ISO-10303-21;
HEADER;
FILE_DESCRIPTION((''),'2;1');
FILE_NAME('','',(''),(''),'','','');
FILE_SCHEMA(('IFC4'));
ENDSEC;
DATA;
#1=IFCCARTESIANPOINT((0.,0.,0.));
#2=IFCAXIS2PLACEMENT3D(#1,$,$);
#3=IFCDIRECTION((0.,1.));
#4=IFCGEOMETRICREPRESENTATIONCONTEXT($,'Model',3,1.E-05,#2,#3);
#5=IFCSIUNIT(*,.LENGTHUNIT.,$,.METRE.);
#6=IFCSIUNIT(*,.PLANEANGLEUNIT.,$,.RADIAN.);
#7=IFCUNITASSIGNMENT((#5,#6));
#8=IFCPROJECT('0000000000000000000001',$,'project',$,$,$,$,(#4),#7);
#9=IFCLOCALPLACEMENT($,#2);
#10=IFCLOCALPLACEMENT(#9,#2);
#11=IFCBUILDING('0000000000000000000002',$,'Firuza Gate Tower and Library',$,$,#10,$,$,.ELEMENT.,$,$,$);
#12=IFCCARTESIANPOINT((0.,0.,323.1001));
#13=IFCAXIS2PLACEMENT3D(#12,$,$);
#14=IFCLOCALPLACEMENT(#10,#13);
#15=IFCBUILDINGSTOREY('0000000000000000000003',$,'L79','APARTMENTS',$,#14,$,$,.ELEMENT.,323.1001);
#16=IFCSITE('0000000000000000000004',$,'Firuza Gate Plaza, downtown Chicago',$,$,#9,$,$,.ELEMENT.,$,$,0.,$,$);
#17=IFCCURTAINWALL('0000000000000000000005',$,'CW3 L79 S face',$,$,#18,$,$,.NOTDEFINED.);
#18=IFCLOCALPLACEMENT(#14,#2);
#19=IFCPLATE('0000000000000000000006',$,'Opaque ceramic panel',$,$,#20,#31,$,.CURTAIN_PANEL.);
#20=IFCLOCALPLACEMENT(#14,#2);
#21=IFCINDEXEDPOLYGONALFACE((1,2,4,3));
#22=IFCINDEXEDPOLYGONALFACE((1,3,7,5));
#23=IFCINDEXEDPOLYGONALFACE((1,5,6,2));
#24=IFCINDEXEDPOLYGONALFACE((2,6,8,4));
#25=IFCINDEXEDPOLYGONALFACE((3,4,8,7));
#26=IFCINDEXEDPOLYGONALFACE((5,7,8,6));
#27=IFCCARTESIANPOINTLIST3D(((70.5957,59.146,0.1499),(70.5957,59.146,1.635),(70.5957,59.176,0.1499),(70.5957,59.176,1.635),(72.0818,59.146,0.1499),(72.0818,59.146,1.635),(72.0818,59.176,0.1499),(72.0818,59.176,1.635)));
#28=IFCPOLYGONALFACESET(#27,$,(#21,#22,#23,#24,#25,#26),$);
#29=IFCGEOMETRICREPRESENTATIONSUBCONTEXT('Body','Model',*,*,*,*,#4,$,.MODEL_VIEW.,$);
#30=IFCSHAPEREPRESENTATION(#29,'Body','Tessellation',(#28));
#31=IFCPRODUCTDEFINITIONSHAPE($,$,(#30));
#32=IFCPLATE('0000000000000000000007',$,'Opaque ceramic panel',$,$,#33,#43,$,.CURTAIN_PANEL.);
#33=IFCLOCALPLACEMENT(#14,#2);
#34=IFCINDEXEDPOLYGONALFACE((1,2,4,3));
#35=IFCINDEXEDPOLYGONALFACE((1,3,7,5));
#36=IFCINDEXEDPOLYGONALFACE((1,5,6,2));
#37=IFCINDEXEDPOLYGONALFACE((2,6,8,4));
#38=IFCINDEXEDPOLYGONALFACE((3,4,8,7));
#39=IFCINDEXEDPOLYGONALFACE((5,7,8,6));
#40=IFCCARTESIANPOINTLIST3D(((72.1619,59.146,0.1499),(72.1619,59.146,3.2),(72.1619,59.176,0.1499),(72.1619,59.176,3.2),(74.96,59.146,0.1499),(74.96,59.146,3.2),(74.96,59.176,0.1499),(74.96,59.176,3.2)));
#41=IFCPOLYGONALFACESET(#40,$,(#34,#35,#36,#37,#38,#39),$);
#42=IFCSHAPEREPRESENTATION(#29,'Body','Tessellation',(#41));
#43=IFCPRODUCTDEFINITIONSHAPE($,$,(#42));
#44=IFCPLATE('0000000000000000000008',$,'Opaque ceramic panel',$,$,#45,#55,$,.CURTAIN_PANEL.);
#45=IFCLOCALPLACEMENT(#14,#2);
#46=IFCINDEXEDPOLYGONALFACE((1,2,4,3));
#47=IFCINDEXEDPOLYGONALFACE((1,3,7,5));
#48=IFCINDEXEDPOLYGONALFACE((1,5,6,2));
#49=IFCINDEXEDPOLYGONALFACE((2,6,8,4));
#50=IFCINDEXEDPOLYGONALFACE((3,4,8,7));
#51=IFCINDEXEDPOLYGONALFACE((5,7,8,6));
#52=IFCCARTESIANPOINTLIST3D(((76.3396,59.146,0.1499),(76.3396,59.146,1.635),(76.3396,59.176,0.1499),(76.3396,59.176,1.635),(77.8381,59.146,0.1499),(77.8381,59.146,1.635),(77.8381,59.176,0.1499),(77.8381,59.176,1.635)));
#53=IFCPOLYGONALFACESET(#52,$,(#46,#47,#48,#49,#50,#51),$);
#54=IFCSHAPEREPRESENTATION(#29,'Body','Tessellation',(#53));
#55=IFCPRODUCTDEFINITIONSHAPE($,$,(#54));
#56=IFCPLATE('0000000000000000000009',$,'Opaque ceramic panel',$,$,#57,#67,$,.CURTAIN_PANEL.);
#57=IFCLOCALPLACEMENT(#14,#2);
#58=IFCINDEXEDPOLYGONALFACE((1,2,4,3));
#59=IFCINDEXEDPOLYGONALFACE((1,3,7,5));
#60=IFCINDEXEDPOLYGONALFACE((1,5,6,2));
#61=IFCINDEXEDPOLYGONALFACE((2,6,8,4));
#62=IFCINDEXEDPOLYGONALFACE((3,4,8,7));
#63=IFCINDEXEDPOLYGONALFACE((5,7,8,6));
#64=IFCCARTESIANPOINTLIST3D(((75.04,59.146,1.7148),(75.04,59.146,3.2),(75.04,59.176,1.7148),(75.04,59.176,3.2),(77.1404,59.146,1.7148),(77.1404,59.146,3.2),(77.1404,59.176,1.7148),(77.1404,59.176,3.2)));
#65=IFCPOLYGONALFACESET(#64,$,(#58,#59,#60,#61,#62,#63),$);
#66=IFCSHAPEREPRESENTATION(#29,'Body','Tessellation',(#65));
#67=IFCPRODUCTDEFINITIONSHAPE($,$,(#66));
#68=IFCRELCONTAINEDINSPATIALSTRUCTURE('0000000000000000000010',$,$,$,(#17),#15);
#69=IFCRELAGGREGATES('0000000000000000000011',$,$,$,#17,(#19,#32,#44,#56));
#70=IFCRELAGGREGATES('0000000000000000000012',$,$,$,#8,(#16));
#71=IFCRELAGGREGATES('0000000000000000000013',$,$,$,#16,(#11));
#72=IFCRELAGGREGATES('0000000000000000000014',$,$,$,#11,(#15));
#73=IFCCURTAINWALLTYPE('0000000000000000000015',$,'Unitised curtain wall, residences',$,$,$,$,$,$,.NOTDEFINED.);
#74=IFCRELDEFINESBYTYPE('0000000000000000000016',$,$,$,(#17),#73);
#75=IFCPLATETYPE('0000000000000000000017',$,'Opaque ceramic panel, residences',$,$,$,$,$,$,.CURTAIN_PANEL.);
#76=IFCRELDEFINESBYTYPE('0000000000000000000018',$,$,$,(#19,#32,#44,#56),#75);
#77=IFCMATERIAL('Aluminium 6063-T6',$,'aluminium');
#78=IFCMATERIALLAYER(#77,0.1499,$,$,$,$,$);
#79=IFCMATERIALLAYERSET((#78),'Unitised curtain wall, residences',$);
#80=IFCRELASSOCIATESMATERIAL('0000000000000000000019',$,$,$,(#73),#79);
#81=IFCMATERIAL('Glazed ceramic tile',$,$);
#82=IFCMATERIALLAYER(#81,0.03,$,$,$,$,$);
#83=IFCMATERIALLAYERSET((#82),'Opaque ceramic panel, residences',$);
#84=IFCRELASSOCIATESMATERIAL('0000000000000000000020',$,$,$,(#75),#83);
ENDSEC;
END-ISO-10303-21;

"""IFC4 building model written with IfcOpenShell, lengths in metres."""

from ifc_helpers import new_model, si_unit, direction, frame, origin, place, context, subcontext, project, spatial, polyline, outline, extrude, material, layer, layer_set, type_object, element, aggregate, save


model = new_model("IFC4")

# Units and contexts
model_context = context("Model", 3, precision=1e-05, world=origin(), true_north=direction((0.0, 1.0)))
body_context = subcontext(model_context, "Body", "Model", "MODEL_VIEW")
ifc_project = project(units=[si_unit("LENGTHUNIT", "METRE"), si_unit("PLANEANGLEUNIT", "RADIAN")], contexts=[model_context])

# Site, building, storey
site_placement = place(None, origin())
site = spatial("IfcSite", under=ifc_project, at=site_placement, Name="Firuza Gate Plaza, downtown Chicago", CompositionType="ELEMENT", RefElevation=0.0)
building_placement = place(site_placement, origin())
building = spatial("IfcBuilding", under=site, at=building_placement, Name="Firuza Gate Tower and Library", CompositionType="ELEMENT")
storey_placement = place(building_placement, frame((0.0, 0.0, 323.1001)))
storey = spatial("IfcBuildingStorey", under=building, at=storey_placement, Name="L79", Description="APARTMENTS", CompositionType="ELEMENT", Elevation=323.1001)

# Curtain wall, plates
ifc_material_1 = material(Name="Aluminium 6063-T6", Category="aluminium")
ifc_layer_1 = layer(ifc_material_1, 0.1499)
ifc_layer_set_1 = layer_set([ifc_layer_1], Name="Unitised curtain wall, residences")
curtain_wall_type = type_object("IfcCurtainWallType", Name="Unitised curtain wall, residences", PredefinedType="NOTDEFINED", material=ifc_layer_set_1)
curtain_wall_placement = place(storey_placement, origin())
curtain_wall = element("IfcCurtainWall", 1, at=curtain_wall_placement, inside=storey, type_object=curtain_wall_type, Name="CW3 L79 S face", PredefinedType="NOTDEFINED")
ifc_material_2 = material(Name="Glazed ceramic tile")
ifc_layer_2 = layer(ifc_material_2, 0.03)
ifc_layer_set_2 = layer_set([ifc_layer_2], Name="Opaque ceramic panel, residences")
plate_type_1 = type_object("IfcPlateType", Name="Opaque ceramic panel, residences", PredefinedType="CURTAIN_PANEL", material=ifc_layer_set_2)
plate_1_placement = place(storey_placement, frame((70.5957, 59.146, 0.1499), z_axis=(0.0, -1.0, 0.0), x_axis=(1.0, 0.0, 0.0)))
plate_1 = element("IfcPlate", 2, at=plate_1_placement, type_object=plate_type_1, Name="Opaque ceramic panel", PredefinedType="CURTAIN_PANEL", context=body_context, shape_type="SweptSolid", body=[
    extrude(outline(polyline([(0.0, 0.0), (1.4861, 0.0), (1.4861, 1.4851), (0.0, 1.4851), (0.0, 0.0)])), origin(), (0.0, 0.0, -1.0), 0.03),
])
plate_2_placement = place(storey_placement, frame((72.1619, 59.146, 0.1499), z_axis=(0.0, -1.0, 0.0), x_axis=(1.0, 0.0, 0.0)))
plate_2 = element("IfcPlate", 3, at=plate_2_placement, type_object=plate_type_1, Name="Opaque ceramic panel", PredefinedType="CURTAIN_PANEL", context=body_context, shape_type="SweptSolid", body=[
    extrude(outline(polyline([(0.0, 0.0), (2.7981, 0.0), (2.7981, 3.05), (0.0, 3.05), (0.0, 0.0)])), origin(), (0.0, 0.0, -1.0), 0.03),
])
plate_3_placement = place(storey_placement, frame((76.3396, 59.146, 0.1499), z_axis=(0.0, -1.0, 0.0), x_axis=(1.0, 0.0, 0.0)))
plate_3 = element("IfcPlate", 4, at=plate_3_placement, type_object=plate_type_1, Name="Opaque ceramic panel", PredefinedType="CURTAIN_PANEL", context=body_context, shape_type="SweptSolid", body=[
    extrude(outline(polyline([(0.0, 0.0), (1.4985, 0.0), (1.4985, 1.4851), (0.0, 1.4851), (0.0, 0.0)])), origin(), (0.0, 0.0, -1.0), 0.03),
])
plate_4_placement = place(storey_placement, frame((75.04, 59.146, 1.7148), z_axis=(0.0, -1.0, 0.0), x_axis=(1.0, 0.0, 0.0)))
plate_4 = element("IfcPlate", 5, at=plate_4_placement, type_object=plate_type_1, Name="Opaque ceramic panel", PredefinedType="CURTAIN_PANEL", context=body_context, shape_type="SweptSolid", body=[
    extrude(outline(polyline([(0.0, 0.0), (2.1003, 0.0), (2.1003, 1.4851), (0.0, 1.4851), (0.0, 0.0)])), origin(), (0.0, 0.0, -1.0), 0.03),
])
aggregate(curtain_wall, [plate_1, plate_2, plate_3, plate_4])

save(model, "model.ifc")
